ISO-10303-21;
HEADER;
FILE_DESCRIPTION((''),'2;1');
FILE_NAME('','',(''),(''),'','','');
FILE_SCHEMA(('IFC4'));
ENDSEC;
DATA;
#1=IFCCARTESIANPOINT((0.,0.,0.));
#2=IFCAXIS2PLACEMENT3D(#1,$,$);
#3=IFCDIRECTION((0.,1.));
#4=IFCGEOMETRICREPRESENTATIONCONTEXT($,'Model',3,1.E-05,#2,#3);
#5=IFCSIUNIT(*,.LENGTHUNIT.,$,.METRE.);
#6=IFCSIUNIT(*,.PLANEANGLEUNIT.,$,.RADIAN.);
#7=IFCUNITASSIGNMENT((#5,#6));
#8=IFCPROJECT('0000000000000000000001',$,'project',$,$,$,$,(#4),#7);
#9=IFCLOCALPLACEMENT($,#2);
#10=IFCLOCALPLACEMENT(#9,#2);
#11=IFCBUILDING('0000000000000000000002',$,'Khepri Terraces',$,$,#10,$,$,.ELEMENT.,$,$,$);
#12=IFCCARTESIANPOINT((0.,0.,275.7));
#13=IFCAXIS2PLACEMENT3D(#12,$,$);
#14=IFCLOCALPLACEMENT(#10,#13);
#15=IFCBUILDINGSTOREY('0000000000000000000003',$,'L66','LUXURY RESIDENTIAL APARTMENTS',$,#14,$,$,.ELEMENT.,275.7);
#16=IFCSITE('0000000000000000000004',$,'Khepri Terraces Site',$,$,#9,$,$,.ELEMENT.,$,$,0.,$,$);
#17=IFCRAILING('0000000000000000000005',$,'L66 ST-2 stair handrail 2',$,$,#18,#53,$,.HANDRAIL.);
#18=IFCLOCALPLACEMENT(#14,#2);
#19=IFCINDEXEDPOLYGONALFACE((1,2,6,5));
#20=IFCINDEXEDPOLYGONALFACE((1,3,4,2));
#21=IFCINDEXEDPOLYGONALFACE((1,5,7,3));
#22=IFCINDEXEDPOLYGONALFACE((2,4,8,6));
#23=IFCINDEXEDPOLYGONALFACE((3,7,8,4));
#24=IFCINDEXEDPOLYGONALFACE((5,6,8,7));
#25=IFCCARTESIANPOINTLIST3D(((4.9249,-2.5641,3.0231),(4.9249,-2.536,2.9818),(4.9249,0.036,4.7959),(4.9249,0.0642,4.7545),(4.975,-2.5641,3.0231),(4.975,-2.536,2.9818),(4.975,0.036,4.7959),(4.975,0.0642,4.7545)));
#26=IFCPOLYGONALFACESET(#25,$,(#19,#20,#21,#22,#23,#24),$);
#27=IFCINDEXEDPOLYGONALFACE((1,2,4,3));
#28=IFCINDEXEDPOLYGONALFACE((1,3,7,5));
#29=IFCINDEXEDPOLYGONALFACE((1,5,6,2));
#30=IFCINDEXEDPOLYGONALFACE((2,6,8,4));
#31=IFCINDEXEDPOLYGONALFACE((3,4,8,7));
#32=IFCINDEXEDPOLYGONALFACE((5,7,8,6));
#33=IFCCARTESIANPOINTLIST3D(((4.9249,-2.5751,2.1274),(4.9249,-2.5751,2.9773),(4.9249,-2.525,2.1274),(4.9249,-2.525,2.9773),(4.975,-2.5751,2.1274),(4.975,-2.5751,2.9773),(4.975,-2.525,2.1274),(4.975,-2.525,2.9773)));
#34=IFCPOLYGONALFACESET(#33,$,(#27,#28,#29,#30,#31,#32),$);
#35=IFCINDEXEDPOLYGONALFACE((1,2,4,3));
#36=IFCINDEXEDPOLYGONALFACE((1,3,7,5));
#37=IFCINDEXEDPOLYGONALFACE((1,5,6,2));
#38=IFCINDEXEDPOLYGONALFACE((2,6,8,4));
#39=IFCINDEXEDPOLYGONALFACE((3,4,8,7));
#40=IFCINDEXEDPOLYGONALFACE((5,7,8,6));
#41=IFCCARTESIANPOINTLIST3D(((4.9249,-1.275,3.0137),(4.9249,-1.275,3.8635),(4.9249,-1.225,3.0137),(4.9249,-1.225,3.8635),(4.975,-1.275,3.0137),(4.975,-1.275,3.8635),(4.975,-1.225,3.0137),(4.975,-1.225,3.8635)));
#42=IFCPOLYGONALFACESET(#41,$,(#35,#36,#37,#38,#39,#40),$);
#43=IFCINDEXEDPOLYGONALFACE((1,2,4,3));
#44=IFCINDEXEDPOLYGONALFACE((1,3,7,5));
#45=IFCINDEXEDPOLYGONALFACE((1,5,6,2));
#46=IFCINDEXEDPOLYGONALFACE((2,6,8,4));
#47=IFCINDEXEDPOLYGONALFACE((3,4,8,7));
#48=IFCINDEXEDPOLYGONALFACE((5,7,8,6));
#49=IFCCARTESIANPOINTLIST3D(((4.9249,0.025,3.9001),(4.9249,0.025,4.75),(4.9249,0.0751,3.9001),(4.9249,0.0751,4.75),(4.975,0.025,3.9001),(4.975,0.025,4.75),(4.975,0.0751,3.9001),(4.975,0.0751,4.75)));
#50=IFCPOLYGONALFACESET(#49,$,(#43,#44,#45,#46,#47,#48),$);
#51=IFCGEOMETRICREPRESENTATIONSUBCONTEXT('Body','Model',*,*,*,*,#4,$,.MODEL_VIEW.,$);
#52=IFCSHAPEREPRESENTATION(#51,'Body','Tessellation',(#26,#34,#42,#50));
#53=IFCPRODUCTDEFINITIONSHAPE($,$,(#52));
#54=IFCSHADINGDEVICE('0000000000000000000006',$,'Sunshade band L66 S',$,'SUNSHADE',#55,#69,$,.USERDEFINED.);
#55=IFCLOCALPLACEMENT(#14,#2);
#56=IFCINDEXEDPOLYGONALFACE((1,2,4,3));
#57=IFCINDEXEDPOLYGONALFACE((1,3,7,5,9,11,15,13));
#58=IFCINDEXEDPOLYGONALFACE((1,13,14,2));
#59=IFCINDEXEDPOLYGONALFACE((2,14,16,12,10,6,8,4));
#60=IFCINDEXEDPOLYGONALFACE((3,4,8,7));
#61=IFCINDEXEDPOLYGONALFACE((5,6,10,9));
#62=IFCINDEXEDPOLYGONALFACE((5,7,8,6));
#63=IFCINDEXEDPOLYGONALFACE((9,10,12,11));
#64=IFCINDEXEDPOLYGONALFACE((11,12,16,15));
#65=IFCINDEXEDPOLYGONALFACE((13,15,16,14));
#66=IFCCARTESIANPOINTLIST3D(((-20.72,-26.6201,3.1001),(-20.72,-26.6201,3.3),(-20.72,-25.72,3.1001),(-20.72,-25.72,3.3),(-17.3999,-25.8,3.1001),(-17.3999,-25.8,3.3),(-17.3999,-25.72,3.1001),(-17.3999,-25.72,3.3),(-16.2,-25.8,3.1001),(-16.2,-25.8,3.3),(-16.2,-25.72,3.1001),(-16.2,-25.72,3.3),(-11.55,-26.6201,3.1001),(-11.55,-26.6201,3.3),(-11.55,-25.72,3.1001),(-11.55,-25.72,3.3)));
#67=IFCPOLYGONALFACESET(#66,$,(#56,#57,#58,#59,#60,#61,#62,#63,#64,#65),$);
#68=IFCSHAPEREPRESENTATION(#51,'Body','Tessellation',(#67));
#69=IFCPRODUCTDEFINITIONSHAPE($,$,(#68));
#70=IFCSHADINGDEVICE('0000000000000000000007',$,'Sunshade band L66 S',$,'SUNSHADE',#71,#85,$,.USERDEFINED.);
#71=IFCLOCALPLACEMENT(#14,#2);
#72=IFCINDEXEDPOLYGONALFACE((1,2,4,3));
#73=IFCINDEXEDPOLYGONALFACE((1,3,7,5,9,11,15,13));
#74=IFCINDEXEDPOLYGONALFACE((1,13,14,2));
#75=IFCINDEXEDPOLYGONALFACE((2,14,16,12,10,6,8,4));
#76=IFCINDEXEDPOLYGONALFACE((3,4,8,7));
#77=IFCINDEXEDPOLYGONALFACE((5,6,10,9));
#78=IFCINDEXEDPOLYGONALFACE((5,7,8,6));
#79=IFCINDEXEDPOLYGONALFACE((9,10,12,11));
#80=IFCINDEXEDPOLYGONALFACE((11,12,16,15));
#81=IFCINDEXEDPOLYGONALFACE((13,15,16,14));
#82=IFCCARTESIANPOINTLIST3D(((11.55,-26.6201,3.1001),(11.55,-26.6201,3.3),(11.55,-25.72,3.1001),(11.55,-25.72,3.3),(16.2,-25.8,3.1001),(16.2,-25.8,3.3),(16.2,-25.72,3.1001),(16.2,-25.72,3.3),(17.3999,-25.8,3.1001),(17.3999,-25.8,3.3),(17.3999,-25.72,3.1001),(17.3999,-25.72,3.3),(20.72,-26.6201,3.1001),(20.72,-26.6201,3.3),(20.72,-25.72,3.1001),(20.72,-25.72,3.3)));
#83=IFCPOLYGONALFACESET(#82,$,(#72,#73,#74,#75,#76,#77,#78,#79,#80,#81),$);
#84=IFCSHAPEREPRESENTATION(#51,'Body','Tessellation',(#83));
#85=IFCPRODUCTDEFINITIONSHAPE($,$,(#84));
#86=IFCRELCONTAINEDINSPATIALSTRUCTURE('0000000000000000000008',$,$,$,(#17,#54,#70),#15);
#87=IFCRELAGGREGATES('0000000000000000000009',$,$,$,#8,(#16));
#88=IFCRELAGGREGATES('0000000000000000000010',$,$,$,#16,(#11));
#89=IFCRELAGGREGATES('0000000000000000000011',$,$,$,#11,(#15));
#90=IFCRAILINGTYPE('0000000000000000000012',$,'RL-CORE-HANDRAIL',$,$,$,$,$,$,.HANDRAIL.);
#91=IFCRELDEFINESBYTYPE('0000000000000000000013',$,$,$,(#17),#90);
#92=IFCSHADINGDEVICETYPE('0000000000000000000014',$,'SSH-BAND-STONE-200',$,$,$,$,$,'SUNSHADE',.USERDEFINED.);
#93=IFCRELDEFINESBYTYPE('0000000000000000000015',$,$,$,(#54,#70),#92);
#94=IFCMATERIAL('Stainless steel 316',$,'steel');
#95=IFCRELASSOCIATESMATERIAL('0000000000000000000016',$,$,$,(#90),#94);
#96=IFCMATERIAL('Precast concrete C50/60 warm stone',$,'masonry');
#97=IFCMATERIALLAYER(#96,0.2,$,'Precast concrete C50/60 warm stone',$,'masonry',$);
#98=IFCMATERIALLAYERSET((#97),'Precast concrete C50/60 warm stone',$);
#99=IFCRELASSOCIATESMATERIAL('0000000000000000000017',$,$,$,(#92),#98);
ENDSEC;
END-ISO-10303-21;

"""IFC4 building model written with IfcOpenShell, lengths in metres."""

from ifc_helpers import new_model, si_unit, direction, frame, origin, origin_2d, place, context, subcontext, project, spatial, polyline, rectangle, outline, extrude, material, layer, layer_set, type_object, element, save


model = new_model("IFC4")

# Units and contexts
model_context = context("Model", 3, precision=1e-05, world=origin(), true_north=direction((0.0, 1.0)))
body_context = subcontext(model_context, "Body", "Model", "MODEL_VIEW")
ifc_project = project(units=[si_unit("LENGTHUNIT", "METRE"), si_unit("PLANEANGLEUNIT", "RADIAN")], contexts=[model_context])

# Site, building, storey
site_placement = place(None, origin())
site = spatial("IfcSite", under=ifc_project, at=site_placement, Name="Khepri Terraces Site", CompositionType="ELEMENT", RefElevation=0.0)
building_placement = place(site_placement, origin())
building = spatial("IfcBuilding", under=site, at=building_placement, Name="Khepri Terraces", CompositionType="ELEMENT")
storey_placement = place(building_placement, frame((0.0, 0.0, 275.7)))
storey = spatial("IfcBuildingStorey", under=building, at=storey_placement, Name="L66", Description="LUXURY RESIDENTIAL APARTMENTS", CompositionType="ELEMENT", Elevation=275.7)

# Shared definitions
ifc_material_1 = material(Name="Precast concrete C50/60 warm stone", Category="masonry")

# Railing
ifc_material_2 = material(Name="Stainless steel 316", Category="steel")
railing_type_1 = type_object("IfcRailingType", Name="RL-CORE-HANDRAIL", PredefinedType="HANDRAIL", material=ifc_material_2)
railing_1_placement = place(storey_placement, frame((4.95, -2.55, 2.1274)))
element("IfcRailing", 1, at=railing_1_placement, inside=storey, type_object=railing_type_1, Name="L66 ST-2 stair handrail 2", PredefinedType="HANDRAIL", context=body_context, shape_type="SweptSolid", body=[
    extrude(rectangle(XDim=0.05, YDim=0.05, at=origin_2d()), frame((0.0, 0.0, 0.875), z_axis=(0.0, 0.82624, 0.563318), x_axis=(-1.0, 0.0, 0.0)), (0.0, 0.0, 1.0), 3.147),
    extrude(rectangle(XDim=0.05, YDim=0.05, at=origin_2d()), origin(), (0.0, 0.0, 1.0), 0.8499),
    extrude(rectangle(XDim=0.05, YDim=0.05, at=origin_2d()), frame((0.0, 1.3, 0.8862)), (0.0, 0.0, 1.0), 0.8499),
    extrude(rectangle(XDim=0.05, YDim=0.05, at=origin_2d()), frame((0.0, 2.6001, 1.7727)), (0.0, 0.0, 1.0), 0.8499),
])

# Shading devices
ifc_layer_1 = layer(ifc_material_1, 0.2, Name="Precast concrete C50/60 warm stone", Category="masonry")
ifc_layer_set_1 = layer_set([ifc_layer_1], Name="Precast concrete C50/60 warm stone")
shading_device_type = type_object("IfcShadingDeviceType", Name="SSH-BAND-STONE-200", ElementType="SUNSHADE", PredefinedType="USERDEFINED", material=ifc_layer_set_1)
shading_device_1_placement = place(storey_placement, frame((0.0, 0.0, 3.1001)))
element("IfcShadingDevice", 2, at=shading_device_1_placement, inside=storey, type_object=shading_device_type, Name="Sunshade band L66 S", ObjectType="SUNSHADE", PredefinedType="USERDEFINED", context=body_context, shape_type="SweptSolid", body=[
    extrude(outline(polyline([(-17.3999, -25.72), (-20.72, -25.72), (-20.72, -26.6201), (-11.55, -26.6201), (-11.55, -25.72), (-16.2, -25.72), (-16.2, -25.8), (-17.3999, -25.8), (-17.3999, -25.72)])), origin(), (0.0, 0.0, 1.0), 0.2),
])
shading_device_2_placement = place(storey_placement, frame((0.0, 0.0, 3.1001)))
element("IfcShadingDevice", 3, at=shading_device_2_placement, inside=storey, type_object=shading_device_type, Name="Sunshade band L66 S", ObjectType="SUNSHADE", PredefinedType="USERDEFINED", context=body_context, shape_type="SweptSolid", body=[
    extrude(outline(polyline([(16.2, -25.72), (11.55, -25.72), (11.55, -26.6201), (20.72, -26.6201), (20.72, -25.72), (17.3999, -25.72), (17.3999, -25.8), (16.2, -25.8), (16.2, -25.72)])), origin(), (0.0, 0.0, 1.0), 0.2),
])

save(model, "model.ifc")
